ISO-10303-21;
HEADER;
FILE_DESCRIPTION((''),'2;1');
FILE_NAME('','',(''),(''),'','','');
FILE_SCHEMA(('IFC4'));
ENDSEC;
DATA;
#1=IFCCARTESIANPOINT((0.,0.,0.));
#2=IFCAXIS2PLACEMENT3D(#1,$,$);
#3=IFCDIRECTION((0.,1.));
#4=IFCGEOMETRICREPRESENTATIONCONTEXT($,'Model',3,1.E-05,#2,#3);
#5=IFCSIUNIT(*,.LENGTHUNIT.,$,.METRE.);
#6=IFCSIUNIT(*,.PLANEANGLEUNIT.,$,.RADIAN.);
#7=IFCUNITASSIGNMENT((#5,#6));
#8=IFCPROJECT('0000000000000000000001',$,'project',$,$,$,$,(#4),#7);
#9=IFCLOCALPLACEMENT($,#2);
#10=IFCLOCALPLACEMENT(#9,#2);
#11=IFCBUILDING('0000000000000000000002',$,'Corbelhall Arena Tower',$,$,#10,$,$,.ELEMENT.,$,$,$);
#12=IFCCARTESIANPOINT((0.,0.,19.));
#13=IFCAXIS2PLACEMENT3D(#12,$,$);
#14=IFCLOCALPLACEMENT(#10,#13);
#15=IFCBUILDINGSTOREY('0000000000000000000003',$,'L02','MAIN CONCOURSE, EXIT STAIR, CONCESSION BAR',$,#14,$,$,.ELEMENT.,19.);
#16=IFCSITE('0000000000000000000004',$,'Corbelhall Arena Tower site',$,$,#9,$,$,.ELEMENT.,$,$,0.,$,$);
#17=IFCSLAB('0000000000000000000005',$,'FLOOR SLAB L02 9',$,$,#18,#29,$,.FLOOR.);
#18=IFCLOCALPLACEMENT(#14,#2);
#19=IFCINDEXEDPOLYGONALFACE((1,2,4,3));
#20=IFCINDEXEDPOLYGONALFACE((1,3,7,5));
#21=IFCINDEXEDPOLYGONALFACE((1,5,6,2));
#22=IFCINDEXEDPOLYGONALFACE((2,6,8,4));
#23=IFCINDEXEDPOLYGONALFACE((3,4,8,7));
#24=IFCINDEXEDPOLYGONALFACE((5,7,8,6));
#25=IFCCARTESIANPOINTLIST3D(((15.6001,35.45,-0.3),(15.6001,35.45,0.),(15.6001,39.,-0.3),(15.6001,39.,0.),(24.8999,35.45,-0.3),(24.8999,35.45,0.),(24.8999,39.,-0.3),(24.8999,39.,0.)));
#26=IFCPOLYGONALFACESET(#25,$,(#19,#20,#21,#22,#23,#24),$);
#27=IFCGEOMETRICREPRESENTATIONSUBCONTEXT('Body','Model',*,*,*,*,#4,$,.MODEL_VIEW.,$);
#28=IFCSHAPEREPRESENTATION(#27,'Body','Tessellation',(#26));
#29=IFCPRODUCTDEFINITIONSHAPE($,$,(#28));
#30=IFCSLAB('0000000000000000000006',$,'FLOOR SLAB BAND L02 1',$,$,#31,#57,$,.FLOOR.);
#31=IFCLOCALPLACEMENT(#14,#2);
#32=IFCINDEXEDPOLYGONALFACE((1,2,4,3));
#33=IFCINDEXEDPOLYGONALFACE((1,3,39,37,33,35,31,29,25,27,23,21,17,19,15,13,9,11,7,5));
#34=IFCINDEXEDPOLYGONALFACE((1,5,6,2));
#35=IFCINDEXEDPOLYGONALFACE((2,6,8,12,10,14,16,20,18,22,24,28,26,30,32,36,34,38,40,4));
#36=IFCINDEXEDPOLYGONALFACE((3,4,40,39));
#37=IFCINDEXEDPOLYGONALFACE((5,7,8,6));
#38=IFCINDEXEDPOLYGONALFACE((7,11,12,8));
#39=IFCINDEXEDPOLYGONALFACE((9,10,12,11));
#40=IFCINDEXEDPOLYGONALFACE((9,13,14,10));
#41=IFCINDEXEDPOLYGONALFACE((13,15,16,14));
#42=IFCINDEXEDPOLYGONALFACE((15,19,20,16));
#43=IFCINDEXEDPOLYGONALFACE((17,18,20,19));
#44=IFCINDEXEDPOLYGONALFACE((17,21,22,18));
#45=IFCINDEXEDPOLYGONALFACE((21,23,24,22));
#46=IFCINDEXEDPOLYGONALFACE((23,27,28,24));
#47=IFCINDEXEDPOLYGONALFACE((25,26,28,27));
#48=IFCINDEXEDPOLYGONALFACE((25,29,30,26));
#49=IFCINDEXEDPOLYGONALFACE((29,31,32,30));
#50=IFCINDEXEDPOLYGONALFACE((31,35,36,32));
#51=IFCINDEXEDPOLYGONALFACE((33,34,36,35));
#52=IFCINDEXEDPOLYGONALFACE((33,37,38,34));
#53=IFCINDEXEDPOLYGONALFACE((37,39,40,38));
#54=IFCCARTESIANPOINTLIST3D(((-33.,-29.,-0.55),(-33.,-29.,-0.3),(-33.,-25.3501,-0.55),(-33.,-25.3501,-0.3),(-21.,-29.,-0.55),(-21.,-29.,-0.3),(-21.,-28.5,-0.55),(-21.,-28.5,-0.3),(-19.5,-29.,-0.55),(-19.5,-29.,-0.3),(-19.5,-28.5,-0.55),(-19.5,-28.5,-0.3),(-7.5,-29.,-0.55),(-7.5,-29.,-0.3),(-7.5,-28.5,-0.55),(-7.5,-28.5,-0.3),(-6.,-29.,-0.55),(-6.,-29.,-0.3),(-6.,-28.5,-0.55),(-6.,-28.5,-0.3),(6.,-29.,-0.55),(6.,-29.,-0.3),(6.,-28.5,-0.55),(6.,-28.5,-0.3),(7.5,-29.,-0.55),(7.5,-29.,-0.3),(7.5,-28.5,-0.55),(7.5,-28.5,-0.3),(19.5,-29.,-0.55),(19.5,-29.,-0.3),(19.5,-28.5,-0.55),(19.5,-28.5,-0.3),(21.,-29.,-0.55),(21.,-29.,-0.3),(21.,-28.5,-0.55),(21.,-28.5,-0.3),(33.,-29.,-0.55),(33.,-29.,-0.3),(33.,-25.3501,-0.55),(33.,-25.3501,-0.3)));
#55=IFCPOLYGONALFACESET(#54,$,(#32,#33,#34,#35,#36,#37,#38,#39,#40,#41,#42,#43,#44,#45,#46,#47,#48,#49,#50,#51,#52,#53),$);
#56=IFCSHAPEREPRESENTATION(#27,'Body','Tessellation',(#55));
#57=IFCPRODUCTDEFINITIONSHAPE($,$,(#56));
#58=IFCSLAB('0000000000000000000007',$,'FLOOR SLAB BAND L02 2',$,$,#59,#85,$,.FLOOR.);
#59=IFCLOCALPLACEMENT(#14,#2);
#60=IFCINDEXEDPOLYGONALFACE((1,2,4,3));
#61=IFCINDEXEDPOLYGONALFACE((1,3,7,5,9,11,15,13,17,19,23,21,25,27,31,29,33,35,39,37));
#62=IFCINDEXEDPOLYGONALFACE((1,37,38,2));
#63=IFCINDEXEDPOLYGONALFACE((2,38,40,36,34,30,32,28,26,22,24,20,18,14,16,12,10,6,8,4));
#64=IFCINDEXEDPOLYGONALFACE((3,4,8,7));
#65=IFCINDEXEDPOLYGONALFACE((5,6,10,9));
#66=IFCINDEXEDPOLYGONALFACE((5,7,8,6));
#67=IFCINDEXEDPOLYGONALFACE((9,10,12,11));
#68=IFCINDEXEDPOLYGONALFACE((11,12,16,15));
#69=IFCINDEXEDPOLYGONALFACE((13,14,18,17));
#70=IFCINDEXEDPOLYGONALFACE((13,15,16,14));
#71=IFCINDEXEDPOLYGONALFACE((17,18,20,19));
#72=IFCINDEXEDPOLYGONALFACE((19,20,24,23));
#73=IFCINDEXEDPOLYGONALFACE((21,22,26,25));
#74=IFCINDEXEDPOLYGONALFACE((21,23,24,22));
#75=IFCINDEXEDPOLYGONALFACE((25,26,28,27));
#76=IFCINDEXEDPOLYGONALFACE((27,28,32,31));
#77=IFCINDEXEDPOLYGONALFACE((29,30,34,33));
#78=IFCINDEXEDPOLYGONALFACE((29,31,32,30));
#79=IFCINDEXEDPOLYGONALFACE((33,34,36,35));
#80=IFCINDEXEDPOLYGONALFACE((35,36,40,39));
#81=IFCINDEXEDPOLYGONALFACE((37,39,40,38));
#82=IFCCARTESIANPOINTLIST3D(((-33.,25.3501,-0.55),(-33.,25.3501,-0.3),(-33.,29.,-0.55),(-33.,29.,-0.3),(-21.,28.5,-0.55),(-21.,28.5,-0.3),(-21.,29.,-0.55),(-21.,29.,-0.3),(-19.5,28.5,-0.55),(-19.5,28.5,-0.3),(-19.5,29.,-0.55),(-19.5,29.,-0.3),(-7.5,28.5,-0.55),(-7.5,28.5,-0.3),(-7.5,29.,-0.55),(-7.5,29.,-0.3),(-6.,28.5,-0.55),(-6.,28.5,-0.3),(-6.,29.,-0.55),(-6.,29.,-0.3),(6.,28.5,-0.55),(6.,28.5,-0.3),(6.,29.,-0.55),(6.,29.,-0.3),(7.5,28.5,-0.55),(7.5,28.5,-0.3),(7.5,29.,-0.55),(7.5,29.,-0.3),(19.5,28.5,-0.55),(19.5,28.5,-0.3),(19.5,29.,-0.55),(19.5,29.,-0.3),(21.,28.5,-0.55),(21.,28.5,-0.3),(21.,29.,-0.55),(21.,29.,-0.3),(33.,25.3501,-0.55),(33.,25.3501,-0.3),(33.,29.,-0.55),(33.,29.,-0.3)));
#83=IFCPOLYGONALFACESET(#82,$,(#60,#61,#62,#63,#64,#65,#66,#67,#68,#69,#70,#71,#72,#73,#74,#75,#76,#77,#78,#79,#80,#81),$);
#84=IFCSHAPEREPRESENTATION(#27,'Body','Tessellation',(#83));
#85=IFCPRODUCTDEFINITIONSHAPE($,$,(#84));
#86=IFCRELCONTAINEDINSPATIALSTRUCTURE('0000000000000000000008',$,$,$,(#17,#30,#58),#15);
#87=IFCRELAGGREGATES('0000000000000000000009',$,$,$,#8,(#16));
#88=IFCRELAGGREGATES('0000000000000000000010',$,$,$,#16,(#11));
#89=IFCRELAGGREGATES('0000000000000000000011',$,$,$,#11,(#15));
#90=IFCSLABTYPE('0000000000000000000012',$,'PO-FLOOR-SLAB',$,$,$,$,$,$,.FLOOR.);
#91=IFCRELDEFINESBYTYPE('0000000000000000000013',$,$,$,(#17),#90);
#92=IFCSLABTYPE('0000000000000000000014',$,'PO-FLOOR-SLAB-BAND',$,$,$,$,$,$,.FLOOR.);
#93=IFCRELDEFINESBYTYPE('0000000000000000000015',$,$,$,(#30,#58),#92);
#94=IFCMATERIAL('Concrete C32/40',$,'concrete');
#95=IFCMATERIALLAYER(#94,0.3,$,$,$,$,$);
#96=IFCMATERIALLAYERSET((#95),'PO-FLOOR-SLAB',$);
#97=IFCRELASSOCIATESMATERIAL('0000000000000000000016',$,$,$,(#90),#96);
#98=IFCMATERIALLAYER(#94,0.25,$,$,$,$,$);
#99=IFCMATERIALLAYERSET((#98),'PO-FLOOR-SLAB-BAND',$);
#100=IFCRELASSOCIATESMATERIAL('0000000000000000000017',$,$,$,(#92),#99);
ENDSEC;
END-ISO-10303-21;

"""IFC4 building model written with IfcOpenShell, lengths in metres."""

from ifc_helpers import new_model, si_unit, direction, frame, origin, place, context, subcontext, project, spatial, polyline, outline, extrude, material, layer, layer_set, type_object, element, save


model = new_model("IFC4")

# Units and contexts
model_context = context("Model", 3, precision=1e-05, world=origin(), true_north=direction((0.0, 1.0)))
body_context = subcontext(model_context, "Body", "Model", "MODEL_VIEW")
ifc_project = project(units=[si_unit("LENGTHUNIT", "METRE"), si_unit("PLANEANGLEUNIT", "RADIAN")], contexts=[model_context])

# Site, building, storey
site_placement = place(None, origin())
site = spatial("IfcSite", under=ifc_project, at=site_placement, Name="Corbelhall Arena Tower site", CompositionType="ELEMENT", RefElevation=0.0)
building_placement = place(site_placement, origin())
building = spatial("IfcBuilding", under=site, at=building_placement, Name="Corbelhall Arena Tower", CompositionType="ELEMENT")
storey_placement = place(building_placement, frame((0.0, 0.0, 19.0)))
storey = spatial("IfcBuildingStorey", under=building, at=storey_placement, Name="L02", Description="MAIN CONCOURSE, EXIT STAIR, CONCESSION BAR", CompositionType="ELEMENT", Elevation=19.0)

# Slabs
ifc_material_1 = material(Name="Concrete C32/40", Category="concrete")
ifc_layer_1 = layer(ifc_material_1, 0.3)
ifc_layer_set_1 = layer_set([ifc_layer_1], Name="PO-FLOOR-SLAB")
slab_type_1 = type_object("IfcSlabType", Name="PO-FLOOR-SLAB", PredefinedType="FLOOR", material=ifc_layer_set_1)
slab_1_placement = place(storey_placement, frame((0.0, 0.0, -0.3)))
element("IfcSlab", 1, at=slab_1_placement, inside=storey, type_object=slab_type_1, Name="FLOOR SLAB L02 9", PredefinedType="FLOOR", context=body_context, shape_type="SweptSolid", body=[
    extrude(outline(polyline([(24.8999, 39.0), (24.8999, 35.45), (15.6001, 35.45), (15.6001, 39.0), (24.8999, 39.0)])), origin(), (0.0, 0.0, 1.0), 0.3),
])
ifc_layer_2 = layer(ifc_material_1, 0.25)
ifc_layer_set_2 = layer_set([ifc_layer_2], Name="PO-FLOOR-SLAB-BAND")
slab_type_2 = type_object("IfcSlabType", Name="PO-FLOOR-SLAB-BAND", PredefinedType="FLOOR", material=ifc_layer_set_2)
slab_2_placement = place(storey_placement, frame((0.0, 0.0, -0.55)))
element("IfcSlab", 2, at=slab_2_placement, inside=storey, type_object=slab_type_2, Name="FLOOR SLAB BAND L02 1", PredefinedType="FLOOR", context=body_context, shape_type="SweptSolid", body=[
    extrude(outline(polyline([(-33.0, -25.3501), (33.0, -25.3501), (33.0, -29.0), (21.0, -29.0), (21.0, -28.5), (19.5, -28.5), (19.5, -29.0), (7.5, -29.0), (7.5, -28.5), (6.0, -28.5), (6.0, -29.0), (-6.0, -29.0), (-6.0, -28.5), (-7.5, -28.5), (-7.5, -29.0), (-19.5, -29.0), (-19.5, -28.5), (-21.0, -28.5), (-21.0, -29.0), (-33.0, -29.0), (-33.0, -25.3501)])), origin(), (0.0, 0.0, 1.0), 0.25),
])
slab_3_placement = place(storey_placement, frame((0.0, 0.0, -0.55)))
element("IfcSlab", 3, at=slab_3_placement, inside=storey, type_object=slab_type_2, Name="FLOOR SLAB BAND L02 2", PredefinedType="FLOOR", context=body_context, shape_type="SweptSolid", body=[
    extrude(outline(polyline([(-33.0, 29.0), (-21.0, 29.0), (-21.0, 28.5), (-19.5, 28.5), (-19.5, 29.0), (-7.5, 29.0), (-7.5, 28.5), (-6.0, 28.5), (-6.0, 29.0), (6.0, 29.0), (6.0, 28.5), (7.5, 28.5), (7.5, 29.0), (19.5, 29.0), (19.5, 28.5), (21.0, 28.5), (21.0, 29.0), (33.0, 29.0), (33.0, 25.3501), (-33.0, 25.3501), (-33.0, 29.0)])), origin(), (0.0, 0.0, 1.0), 0.25),
])

save(model, "model.ifc")
